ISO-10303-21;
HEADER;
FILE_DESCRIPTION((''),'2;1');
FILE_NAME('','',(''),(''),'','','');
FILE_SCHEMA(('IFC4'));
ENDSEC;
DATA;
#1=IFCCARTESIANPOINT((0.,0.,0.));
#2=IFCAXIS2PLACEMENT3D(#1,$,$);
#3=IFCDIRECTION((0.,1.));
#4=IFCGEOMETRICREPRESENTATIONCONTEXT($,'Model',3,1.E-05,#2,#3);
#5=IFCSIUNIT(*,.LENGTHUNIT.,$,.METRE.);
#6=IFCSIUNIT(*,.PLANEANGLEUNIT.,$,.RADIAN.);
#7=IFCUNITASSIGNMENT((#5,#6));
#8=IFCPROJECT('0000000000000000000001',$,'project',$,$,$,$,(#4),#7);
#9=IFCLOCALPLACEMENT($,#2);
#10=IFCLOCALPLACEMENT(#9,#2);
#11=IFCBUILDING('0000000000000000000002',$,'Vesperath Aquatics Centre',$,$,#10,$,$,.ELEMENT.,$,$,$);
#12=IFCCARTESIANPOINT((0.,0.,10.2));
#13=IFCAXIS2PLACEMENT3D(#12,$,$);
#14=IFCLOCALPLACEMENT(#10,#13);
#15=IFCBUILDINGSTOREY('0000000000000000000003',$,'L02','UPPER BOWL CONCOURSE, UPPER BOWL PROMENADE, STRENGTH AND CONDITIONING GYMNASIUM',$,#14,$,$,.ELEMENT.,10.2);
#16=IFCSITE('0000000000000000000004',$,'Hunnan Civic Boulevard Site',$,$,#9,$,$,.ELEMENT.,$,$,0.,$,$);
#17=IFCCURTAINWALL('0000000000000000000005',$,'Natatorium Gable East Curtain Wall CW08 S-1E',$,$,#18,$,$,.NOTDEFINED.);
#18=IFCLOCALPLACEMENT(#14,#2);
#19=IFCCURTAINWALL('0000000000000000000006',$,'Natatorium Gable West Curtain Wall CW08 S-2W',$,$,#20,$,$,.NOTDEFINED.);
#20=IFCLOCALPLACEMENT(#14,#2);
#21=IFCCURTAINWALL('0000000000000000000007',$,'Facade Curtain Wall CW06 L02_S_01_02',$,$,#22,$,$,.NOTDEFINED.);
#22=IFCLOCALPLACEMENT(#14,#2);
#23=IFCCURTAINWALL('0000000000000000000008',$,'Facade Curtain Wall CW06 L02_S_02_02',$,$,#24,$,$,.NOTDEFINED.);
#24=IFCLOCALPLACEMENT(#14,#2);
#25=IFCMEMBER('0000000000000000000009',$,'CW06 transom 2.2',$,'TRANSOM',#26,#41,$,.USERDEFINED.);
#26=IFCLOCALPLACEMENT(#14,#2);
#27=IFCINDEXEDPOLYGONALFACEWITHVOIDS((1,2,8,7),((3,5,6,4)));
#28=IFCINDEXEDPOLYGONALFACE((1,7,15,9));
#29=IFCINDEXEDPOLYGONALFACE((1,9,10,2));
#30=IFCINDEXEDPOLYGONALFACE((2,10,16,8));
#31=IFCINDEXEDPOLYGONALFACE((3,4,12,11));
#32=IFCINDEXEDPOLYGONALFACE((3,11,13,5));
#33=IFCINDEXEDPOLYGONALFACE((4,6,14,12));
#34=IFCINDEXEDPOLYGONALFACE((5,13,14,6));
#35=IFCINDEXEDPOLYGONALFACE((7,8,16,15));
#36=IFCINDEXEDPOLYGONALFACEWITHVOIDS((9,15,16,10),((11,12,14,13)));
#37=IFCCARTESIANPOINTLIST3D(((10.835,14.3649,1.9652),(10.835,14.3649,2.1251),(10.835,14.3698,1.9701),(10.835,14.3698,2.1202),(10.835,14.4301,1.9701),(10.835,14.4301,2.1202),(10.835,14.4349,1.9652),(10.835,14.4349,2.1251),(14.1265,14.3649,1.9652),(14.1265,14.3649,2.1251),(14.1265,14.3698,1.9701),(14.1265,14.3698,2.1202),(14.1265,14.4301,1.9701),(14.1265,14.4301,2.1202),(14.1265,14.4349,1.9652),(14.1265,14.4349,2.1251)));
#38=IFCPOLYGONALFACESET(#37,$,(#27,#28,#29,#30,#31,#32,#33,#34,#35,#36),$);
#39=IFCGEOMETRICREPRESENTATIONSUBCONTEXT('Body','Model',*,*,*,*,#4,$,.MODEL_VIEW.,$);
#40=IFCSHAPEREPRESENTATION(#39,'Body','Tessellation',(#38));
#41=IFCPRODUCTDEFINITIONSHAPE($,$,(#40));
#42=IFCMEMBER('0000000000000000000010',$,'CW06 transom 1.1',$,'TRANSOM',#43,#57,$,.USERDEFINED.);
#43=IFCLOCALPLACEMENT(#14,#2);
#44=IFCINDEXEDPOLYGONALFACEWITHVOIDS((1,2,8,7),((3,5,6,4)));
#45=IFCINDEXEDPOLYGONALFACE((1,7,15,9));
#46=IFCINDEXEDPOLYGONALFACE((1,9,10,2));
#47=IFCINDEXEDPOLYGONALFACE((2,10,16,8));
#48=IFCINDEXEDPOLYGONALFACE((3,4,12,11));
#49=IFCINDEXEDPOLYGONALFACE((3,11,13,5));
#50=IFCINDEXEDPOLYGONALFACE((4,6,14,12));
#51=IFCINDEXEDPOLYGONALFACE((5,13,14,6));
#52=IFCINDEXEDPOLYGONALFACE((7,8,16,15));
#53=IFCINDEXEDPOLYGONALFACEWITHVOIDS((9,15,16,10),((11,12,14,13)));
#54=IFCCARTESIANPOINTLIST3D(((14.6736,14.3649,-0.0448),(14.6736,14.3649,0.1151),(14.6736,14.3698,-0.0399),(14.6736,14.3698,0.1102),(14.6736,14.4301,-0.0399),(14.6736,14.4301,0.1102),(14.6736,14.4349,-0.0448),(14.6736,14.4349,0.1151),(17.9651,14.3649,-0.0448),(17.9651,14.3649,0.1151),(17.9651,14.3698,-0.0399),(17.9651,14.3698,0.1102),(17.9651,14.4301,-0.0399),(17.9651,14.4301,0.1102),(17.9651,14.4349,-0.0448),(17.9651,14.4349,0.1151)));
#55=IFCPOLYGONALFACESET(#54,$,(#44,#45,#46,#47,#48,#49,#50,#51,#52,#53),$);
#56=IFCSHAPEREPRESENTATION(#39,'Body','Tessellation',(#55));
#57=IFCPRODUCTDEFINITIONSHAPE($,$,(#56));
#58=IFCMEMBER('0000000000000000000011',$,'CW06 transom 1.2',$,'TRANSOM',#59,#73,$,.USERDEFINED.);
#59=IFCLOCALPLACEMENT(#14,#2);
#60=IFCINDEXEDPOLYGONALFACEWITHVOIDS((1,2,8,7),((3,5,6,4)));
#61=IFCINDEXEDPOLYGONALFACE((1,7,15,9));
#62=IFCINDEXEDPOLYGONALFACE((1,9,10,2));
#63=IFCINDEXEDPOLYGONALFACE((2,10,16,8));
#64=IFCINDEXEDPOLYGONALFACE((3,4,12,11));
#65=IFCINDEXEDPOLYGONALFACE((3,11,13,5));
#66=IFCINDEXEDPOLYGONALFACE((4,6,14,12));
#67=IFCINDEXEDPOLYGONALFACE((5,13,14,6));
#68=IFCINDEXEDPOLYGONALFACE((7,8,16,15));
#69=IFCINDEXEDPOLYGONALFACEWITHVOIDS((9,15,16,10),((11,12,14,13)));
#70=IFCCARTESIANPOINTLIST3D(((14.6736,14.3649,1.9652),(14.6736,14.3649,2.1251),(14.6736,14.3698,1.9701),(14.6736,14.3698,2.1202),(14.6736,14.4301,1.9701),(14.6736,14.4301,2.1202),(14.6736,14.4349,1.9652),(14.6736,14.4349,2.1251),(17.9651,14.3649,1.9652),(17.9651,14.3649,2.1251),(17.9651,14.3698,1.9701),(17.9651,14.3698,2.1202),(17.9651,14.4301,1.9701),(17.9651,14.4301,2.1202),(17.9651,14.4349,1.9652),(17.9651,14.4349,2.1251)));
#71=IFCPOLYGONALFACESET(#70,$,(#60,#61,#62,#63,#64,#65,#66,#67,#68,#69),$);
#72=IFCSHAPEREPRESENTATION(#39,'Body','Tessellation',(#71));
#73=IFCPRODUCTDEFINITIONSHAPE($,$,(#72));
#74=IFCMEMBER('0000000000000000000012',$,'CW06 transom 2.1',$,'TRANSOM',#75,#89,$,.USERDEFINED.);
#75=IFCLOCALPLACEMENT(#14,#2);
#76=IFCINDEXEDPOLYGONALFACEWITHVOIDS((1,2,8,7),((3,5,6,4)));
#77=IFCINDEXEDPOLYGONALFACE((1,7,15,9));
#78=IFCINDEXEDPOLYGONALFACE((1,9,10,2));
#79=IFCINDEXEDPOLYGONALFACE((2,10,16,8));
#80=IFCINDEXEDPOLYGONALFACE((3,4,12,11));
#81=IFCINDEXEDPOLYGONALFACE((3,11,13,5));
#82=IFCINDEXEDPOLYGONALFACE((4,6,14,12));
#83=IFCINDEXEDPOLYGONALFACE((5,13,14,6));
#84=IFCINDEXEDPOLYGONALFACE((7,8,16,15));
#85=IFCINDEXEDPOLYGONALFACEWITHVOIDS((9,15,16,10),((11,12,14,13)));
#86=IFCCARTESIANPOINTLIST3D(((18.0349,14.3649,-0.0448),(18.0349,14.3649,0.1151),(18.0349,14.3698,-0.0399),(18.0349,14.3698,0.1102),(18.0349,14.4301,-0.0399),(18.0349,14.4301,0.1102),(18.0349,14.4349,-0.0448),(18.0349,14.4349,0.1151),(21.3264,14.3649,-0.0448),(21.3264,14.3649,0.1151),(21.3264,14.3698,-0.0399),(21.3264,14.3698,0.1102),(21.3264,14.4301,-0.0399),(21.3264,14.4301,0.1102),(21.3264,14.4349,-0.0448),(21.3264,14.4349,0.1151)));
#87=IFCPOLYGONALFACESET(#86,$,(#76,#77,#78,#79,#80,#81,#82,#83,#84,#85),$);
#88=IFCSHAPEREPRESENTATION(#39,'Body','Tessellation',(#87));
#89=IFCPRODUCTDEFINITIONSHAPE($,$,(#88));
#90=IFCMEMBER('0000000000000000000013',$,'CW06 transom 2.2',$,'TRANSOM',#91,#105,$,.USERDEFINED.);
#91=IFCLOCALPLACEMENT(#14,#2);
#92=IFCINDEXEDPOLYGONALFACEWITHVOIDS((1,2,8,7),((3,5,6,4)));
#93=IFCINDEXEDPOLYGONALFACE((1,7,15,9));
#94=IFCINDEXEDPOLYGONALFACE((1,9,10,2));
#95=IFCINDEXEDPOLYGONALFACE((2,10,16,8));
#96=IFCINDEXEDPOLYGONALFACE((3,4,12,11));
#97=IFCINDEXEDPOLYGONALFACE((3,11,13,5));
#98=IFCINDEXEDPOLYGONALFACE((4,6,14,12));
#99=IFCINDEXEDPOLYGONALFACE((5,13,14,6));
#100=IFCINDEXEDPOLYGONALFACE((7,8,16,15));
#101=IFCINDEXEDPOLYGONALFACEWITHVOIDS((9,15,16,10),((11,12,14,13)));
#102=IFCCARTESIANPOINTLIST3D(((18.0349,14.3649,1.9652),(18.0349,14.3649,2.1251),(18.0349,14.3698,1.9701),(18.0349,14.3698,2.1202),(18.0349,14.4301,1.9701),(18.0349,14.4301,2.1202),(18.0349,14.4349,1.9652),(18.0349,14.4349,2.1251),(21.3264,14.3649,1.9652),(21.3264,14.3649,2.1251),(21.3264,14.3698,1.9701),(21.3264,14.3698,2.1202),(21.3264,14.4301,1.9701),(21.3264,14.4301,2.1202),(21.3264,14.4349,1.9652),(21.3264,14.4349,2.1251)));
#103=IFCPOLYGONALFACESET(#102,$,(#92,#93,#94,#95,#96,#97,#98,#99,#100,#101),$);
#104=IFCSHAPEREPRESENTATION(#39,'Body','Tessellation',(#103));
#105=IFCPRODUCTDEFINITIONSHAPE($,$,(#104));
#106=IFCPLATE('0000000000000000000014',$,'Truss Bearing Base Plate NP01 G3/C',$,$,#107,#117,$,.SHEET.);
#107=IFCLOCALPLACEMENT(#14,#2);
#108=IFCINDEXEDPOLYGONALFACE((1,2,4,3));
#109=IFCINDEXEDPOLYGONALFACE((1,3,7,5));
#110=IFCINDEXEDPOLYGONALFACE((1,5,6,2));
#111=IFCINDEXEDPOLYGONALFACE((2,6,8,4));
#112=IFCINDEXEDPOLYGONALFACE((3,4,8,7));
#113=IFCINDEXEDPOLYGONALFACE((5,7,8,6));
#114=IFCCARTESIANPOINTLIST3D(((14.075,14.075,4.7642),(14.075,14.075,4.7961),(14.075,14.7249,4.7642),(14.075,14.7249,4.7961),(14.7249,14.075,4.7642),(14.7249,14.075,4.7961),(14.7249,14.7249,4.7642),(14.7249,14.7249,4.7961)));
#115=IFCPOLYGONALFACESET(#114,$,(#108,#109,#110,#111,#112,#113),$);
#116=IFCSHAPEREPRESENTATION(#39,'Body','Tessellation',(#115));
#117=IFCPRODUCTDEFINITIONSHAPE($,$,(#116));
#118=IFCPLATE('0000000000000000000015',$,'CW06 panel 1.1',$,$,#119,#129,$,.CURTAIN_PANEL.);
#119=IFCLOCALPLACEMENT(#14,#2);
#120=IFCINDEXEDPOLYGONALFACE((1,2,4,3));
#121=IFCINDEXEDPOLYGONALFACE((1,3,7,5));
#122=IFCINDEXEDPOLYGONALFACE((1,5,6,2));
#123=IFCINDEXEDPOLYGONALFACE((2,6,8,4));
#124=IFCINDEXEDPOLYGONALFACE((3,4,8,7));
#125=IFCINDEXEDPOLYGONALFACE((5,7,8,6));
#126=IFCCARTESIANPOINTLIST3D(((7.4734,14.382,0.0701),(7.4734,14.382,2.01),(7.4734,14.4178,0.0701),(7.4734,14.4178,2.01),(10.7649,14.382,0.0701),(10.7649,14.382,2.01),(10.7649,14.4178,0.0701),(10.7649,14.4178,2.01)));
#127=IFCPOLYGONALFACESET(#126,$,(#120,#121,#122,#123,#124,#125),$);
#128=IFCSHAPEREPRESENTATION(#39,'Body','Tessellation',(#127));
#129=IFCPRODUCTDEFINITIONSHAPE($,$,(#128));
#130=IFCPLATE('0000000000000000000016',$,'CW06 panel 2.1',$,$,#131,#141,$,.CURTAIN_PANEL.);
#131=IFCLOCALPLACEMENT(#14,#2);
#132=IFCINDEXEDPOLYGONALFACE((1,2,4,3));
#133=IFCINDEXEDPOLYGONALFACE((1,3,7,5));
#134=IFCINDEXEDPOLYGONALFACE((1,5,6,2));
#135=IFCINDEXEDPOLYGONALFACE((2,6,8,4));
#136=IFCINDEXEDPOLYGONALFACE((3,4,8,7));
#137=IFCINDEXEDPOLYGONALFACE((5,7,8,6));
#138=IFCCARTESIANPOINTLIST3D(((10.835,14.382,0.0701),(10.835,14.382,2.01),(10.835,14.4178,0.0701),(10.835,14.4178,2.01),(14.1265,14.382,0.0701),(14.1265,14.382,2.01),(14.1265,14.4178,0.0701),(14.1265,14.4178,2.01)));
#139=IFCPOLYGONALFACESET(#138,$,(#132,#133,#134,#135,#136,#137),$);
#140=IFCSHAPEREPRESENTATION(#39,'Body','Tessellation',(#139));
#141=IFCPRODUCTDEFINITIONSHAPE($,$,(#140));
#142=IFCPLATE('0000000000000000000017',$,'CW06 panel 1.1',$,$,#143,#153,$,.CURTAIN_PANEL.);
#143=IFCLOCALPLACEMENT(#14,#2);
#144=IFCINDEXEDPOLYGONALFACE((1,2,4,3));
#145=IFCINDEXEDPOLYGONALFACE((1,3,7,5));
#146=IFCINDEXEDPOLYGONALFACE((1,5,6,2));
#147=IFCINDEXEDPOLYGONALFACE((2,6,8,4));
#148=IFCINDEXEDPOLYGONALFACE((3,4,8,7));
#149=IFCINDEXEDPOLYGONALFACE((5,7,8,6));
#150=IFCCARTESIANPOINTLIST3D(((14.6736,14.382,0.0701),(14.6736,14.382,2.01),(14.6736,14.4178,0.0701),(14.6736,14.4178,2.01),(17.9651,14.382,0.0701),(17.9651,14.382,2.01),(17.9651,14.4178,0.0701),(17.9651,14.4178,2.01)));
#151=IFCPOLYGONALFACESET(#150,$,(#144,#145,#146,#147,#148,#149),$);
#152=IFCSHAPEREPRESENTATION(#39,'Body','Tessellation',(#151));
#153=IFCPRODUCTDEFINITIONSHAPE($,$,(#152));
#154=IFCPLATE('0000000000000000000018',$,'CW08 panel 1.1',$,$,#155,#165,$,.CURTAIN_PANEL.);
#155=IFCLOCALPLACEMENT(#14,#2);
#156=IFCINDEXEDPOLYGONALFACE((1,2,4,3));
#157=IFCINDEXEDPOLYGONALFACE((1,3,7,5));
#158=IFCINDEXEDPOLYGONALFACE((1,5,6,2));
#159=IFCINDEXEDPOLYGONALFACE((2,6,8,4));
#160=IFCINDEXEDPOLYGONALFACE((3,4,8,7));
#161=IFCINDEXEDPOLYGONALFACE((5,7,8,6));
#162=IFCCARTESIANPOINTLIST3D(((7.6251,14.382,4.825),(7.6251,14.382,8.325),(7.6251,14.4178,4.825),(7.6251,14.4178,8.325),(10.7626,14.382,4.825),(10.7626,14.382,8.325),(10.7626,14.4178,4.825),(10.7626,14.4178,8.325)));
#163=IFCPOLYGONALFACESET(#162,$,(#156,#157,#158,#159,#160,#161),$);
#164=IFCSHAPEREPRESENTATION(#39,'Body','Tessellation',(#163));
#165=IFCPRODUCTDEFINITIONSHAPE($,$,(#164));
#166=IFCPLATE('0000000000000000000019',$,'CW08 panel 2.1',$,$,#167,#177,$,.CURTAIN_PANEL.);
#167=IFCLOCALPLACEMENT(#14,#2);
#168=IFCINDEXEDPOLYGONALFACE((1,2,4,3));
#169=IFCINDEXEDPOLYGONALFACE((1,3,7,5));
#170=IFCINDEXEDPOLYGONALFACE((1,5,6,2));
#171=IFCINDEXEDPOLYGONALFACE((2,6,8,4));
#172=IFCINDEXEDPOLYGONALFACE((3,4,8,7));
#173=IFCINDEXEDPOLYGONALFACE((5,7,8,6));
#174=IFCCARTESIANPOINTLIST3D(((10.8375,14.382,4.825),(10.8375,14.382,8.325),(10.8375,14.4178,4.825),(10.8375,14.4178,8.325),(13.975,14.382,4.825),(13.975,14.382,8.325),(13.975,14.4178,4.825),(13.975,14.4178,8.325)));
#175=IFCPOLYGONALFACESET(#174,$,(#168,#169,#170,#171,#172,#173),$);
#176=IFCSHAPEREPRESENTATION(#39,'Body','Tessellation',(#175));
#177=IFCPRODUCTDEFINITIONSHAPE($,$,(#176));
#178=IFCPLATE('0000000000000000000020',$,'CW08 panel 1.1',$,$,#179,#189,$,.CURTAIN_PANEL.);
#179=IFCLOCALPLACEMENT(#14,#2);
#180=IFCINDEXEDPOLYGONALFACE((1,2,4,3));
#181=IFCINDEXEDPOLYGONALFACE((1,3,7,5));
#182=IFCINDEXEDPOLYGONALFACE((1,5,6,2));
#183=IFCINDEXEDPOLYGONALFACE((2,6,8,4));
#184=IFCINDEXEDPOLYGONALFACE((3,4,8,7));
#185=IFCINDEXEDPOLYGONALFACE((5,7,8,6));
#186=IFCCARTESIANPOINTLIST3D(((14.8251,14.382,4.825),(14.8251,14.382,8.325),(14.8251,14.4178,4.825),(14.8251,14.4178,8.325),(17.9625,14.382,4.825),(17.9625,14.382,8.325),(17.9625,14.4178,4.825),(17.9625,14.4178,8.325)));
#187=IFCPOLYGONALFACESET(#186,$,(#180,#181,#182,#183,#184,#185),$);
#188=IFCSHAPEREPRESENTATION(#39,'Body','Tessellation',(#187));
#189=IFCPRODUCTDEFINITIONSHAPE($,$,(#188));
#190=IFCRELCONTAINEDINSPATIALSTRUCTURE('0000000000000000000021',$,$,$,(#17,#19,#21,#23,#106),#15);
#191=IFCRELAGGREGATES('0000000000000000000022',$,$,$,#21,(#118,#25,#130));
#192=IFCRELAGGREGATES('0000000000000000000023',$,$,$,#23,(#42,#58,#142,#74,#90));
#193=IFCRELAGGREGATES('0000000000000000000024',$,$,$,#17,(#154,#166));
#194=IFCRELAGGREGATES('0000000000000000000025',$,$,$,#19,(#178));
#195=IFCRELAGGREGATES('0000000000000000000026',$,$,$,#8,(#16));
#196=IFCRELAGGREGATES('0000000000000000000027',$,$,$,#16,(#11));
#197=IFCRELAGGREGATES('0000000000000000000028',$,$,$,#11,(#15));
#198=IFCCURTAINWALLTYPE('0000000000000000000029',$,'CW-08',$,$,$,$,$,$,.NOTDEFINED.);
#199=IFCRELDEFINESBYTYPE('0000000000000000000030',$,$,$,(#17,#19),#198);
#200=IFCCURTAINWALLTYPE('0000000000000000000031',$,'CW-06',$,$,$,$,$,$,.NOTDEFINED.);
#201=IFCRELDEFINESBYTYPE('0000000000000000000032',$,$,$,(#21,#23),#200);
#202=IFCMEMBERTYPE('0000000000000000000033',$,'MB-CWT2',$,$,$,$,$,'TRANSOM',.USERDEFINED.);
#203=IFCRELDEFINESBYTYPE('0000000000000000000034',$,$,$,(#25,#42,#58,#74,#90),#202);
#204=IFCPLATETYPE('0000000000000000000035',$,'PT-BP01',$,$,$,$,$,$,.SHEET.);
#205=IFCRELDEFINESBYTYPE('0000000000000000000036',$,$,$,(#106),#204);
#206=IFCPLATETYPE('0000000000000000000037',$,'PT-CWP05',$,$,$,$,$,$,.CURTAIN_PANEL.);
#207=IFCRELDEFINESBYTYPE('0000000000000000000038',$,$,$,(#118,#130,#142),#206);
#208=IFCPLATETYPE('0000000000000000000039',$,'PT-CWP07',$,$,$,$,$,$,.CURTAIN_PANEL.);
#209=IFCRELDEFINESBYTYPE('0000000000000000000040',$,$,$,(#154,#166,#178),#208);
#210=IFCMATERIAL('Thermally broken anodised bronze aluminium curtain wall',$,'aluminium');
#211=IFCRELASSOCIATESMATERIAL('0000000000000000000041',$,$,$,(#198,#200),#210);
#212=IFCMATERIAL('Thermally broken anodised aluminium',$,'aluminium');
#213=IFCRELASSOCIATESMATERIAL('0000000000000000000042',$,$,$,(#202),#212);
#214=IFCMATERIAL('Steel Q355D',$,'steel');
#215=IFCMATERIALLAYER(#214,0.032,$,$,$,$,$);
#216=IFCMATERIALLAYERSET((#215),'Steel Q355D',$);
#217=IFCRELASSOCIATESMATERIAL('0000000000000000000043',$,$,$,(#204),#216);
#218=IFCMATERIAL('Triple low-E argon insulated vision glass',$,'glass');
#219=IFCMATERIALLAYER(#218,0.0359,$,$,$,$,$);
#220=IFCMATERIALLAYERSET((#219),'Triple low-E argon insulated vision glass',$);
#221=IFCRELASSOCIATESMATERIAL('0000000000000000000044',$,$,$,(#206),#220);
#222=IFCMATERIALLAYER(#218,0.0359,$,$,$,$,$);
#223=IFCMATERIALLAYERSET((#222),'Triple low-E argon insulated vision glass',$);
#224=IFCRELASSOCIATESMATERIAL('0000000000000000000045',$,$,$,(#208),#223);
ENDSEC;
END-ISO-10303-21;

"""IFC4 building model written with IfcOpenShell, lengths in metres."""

from ifc_helpers import new_model, si_unit, direction, frame, origin, origin_2d, place, context, subcontext, project, spatial, rectangle, hollow_rectangle, extrude, material, layer, layer_set, material_profile, profile_set, type_object, element, aggregate, save


model = new_model("IFC4")

# Units and contexts
model_context = context("Model", 3, precision=1e-05, world=origin(), true_north=direction((0.0, 1.0)))
body_context = subcontext(model_context, "Body", "Model", "MODEL_VIEW")
ifc_project = project(units=[si_unit("LENGTHUNIT", "METRE"), si_unit("PLANEANGLEUNIT", "RADIAN")], contexts=[model_context])

# Site, building, storey
site_placement = place(None, origin())
site = spatial("IfcSite", under=ifc_project, at=site_placement, Name="Hunnan Civic Boulevard Site", CompositionType="ELEMENT", RefElevation=0.0)
building_placement = place(site_placement, origin())
building = spatial("IfcBuilding", under=site, at=building_placement, Name="Vesperath Aquatics Centre", CompositionType="ELEMENT")
storey_placement = place(building_placement, frame((0.0, 0.0, 10.2)))
storey = spatial("IfcBuildingStorey", under=building, at=storey_placement, Name="L02", Description="UPPER BOWL CONCOURSE, UPPER BOWL PROMENADE, STRENGTH AND CONDITIONING GYMNASIUM", CompositionType="ELEMENT", Elevation=10.2)

# Shared definitions
ifc_material_1 = material(Name="Steel Q355D", Category="steel")

# Curtain walls
ifc_material_2 = material(Name="Thermally broken anodised bronze aluminium curtain wall", Category="aluminium")
curtain_wall_type_1 = type_object("IfcCurtainWallType", Name="CW-08", PredefinedType="NOTDEFINED", material=ifc_material_2)
curtain_wall_1_placement = place(storey_placement, origin())
curtain_wall_1 = element("IfcCurtainWall", 1, at=curtain_wall_1_placement, inside=storey, type_object=curtain_wall_type_1, Name="Natatorium Gable East Curtain Wall CW08 S-1E", PredefinedType="NOTDEFINED")
ifc_material_3 = material(Name="Thermally broken anodised aluminium", Category="aluminium")
curtain_wall_2_placement = place(storey_placement, origin())
curtain_wall_2 = element("IfcCurtainWall", 2, at=curtain_wall_2_placement, inside=storey, type_object=curtain_wall_type_1, Name="Natatorium Gable West Curtain Wall CW08 S-2W", PredefinedType="NOTDEFINED")
curtain_wall_type_2 = type_object("IfcCurtainWallType", Name="CW-06", PredefinedType="NOTDEFINED", material=ifc_material_2)
curtain_wall_3_placement = place(storey_placement, origin())
curtain_wall_3 = element("IfcCurtainWall", 3, at=curtain_wall_3_placement, inside=storey, type_object=curtain_wall_type_2, Name="Facade Curtain Wall CW06 L02_S_01_02", PredefinedType="NOTDEFINED")
curtain_wall_4_placement = place(storey_placement, origin())
curtain_wall_4 = element("IfcCurtainWall", 4, at=curtain_wall_4_placement, inside=storey, type_object=curtain_wall_type_2, Name="Facade Curtain Wall CW06 L02_S_02_02", PredefinedType="NOTDEFINED")

# Members
ifc_material_profile_1 = material_profile(ifc_material_3, hollow_rectangle(XDim=0.0701, YDim=0.1599, WallThickness=0.0049, at=origin_2d()), Name="CWT 70x160x5")
ifc_profile_set_1 = profile_set([ifc_material_profile_1], Name="Thermally broken anodised aluminium")
member_type_1 = type_object("IfcMemberType", Name="MB-CWT2", ElementType="TRANSOM", PredefinedType="USERDEFINED", material=ifc_profile_set_1)
member_1_placement = place(storey_placement, frame((10.835, 14.3999, 2.0452), z_axis=(1.0, 0.0, 0.0), x_axis=(0.0, 1.0, 0.0)))
member_1 = element("IfcMember", 5, at=member_1_placement, type_object=member_type_1, Name="CW06 transom 2.2", ObjectType="TRANSOM", PredefinedType="USERDEFINED", context=body_context, shape_type="SweptSolid", body=[
    extrude(hollow_rectangle(XDim=0.0701, YDim=0.1599, WallThickness=0.0049, at=origin_2d()), origin(), (0.0, 0.0, 1.0), 3.2915),
])
member_2_placement = place(storey_placement, frame((14.6736, 14.3999, 0.0352), z_axis=(1.0, 0.0, 0.0), x_axis=(0.0, 1.0, 0.0)))
member_2 = element("IfcMember", 6, at=member_2_placement, type_object=member_type_1, Name="CW06 transom 1.1", ObjectType="TRANSOM", PredefinedType="USERDEFINED", context=body_context, shape_type="SweptSolid", body=[
    extrude(hollow_rectangle(XDim=0.0701, YDim=0.1599, WallThickness=0.0049, at=origin_2d()), origin(), (0.0, 0.0, 1.0), 3.2915),
])
member_3_placement = place(storey_placement, frame((14.6736, 14.3999, 2.0452), z_axis=(1.0, 0.0, 0.0), x_axis=(0.0, 1.0, 0.0)))
member_3 = element("IfcMember", 7, at=member_3_placement, type_object=member_type_1, Name="CW06 transom 1.2", ObjectType="TRANSOM", PredefinedType="USERDEFINED", context=body_context, shape_type="SweptSolid", body=[
    extrude(hollow_rectangle(XDim=0.0701, YDim=0.1599, WallThickness=0.0049, at=origin_2d()), origin(), (0.0, 0.0, 1.0), 3.2915),
])
member_4_placement = place(storey_placement, frame((18.0349, 14.3999, 0.0352), z_axis=(1.0, 0.0, 0.0), x_axis=(0.0, 1.0, 0.0)))
member_4 = element("IfcMember", 8, at=member_4_placement, type_object=member_type_1, Name="CW06 transom 2.1", ObjectType="TRANSOM", PredefinedType="USERDEFINED", context=body_context, shape_type="SweptSolid", body=[
    extrude(hollow_rectangle(XDim=0.0701, YDim=0.1599, WallThickness=0.0049, at=origin_2d()), origin(), (0.0, 0.0, 1.0), 3.2915),
])
member_5_placement = place(storey_placement, frame((18.0349, 14.3999, 2.0452), z_axis=(1.0, 0.0, 0.0), x_axis=(0.0, 1.0, 0.0)))
member_5 = element("IfcMember", 9, at=member_5_placement, type_object=member_type_1, Name="CW06 transom 2.2", ObjectType="TRANSOM", PredefinedType="USERDEFINED", context=body_context, shape_type="SweptSolid", body=[
    extrude(hollow_rectangle(XDim=0.0701, YDim=0.1599, WallThickness=0.0049, at=origin_2d()), origin(), (0.0, 0.0, 1.0), 3.2915),
])

# Plates
ifc_layer_1 = layer(ifc_material_1, 0.032)
ifc_layer_set_1 = layer_set([ifc_layer_1], Name="Steel Q355D")
plate_type_1 = type_object("IfcPlateType", Name="PT-BP01", PredefinedType="SHEET", material=ifc_layer_set_1)
plate_1_placement = place(storey_placement, frame((14.3999, 14.3999, 4.7642), z_axis=(0.0, 0.0, 1.0), x_axis=(1.0, 0.0, 0.0)))
element("IfcPlate", 10, at=plate_1_placement, inside=storey, type_object=plate_type_1, Name="Truss Bearing Base Plate NP01 G3/C", PredefinedType="SHEET", context=body_context, shape_type="SweptSolid", body=[
    extrude(rectangle(XDim=0.6499, YDim=0.6499, at=origin_2d()), origin(), (0.0, 0.0, 1.0), 0.032),
])
ifc_material_4 = material(Name="Triple low-E argon insulated vision glass", Category="glass")
ifc_layer_2 = layer(ifc_material_4, 0.0359)
ifc_layer_set_2 = layer_set([ifc_layer_2], Name="Triple low-E argon insulated vision glass")
plate_type_2 = type_object("IfcPlateType", Name="PT-CWP05", PredefinedType="CURTAIN_PANEL", material=ifc_layer_set_2)
plate_2_placement = place(storey_placement, frame((9.1191, 14.3999, 0.0701), z_axis=(0.0, 0.0, 1.0), x_axis=(1.0, 0.0, 0.0)))
plate_2 = element("IfcPlate", 11, at=plate_2_placement, type_object=plate_type_2, Name="CW06 panel 1.1", PredefinedType="CURTAIN_PANEL", context=body_context, shape_type="SweptSolid", body=[
    extrude(rectangle(XDim=3.2915, YDim=0.0359, at=origin_2d()), origin(), (0.0, 0.0, 1.0), 1.9399),
])
plate_3_placement = place(storey_placement, frame((12.4807, 14.3999, 0.0701), z_axis=(0.0, 0.0, 1.0), x_axis=(1.0, 0.0, 0.0)))
plate_3 = element("IfcPlate", 12, at=plate_3_placement, type_object=plate_type_2, Name="CW06 panel 2.1", PredefinedType="CURTAIN_PANEL", context=body_context, shape_type="SweptSolid", body=[
    extrude(rectangle(XDim=3.2915, YDim=0.0359, at=origin_2d()), origin(), (0.0, 0.0, 1.0), 1.9399),
])
aggregate(curtain_wall_3, [plate_2, member_1, plate_3])
plate_4_placement = place(storey_placement, frame((16.3193, 14.3999, 0.0701), z_axis=(0.0, 0.0, 1.0), x_axis=(1.0, 0.0, 0.0)))
plate_4 = element("IfcPlate", 13, at=plate_4_placement, type_object=plate_type_2, Name="CW06 panel 1.1", PredefinedType="CURTAIN_PANEL", context=body_context, shape_type="SweptSolid", body=[
    extrude(rectangle(XDim=3.2915, YDim=0.0359, at=origin_2d()), origin(), (0.0, 0.0, 1.0), 1.9399),
])
aggregate(curtain_wall_4, [member_2, member_3, plate_4, member_4, member_5])
ifc_layer_3 = layer(ifc_material_4, 0.0359)
ifc_layer_set_3 = layer_set([ifc_layer_3], Name="Triple low-E argon insulated vision glass")
plate_type_3 = type_object("IfcPlateType", Name="PT-CWP07", PredefinedType="CURTAIN_PANEL", material=ifc_layer_set_3)
plate_5_placement = place(storey_placement, frame((9.1938, 14.3999, 4.825), z_axis=(0.0, 0.0, 1.0), x_axis=(1.0, 0.0, 0.0)))
plate_5 = element("IfcPlate", 14, at=plate_5_placement, type_object=plate_type_3, Name="CW08 panel 1.1", PredefinedType="CURTAIN_PANEL", context=body_context, shape_type="SweptSolid", body=[
    extrude(rectangle(XDim=3.1375, YDim=0.0359, at=origin_2d()), origin(), (0.0, 0.0, 1.0), 3.5),
])
plate_6_placement = place(storey_placement, frame((12.4062, 14.3999, 4.825), z_axis=(0.0, 0.0, 1.0), x_axis=(1.0, 0.0, 0.0)))
plate_6 = element("IfcPlate", 15, at=plate_6_placement, type_object=plate_type_3, Name="CW08 panel 2.1", PredefinedType="CURTAIN_PANEL", context=body_context, shape_type="SweptSolid", body=[
    extrude(rectangle(XDim=3.1375, YDim=0.0359, at=origin_2d()), origin(), (0.0, 0.0, 1.0), 3.5),
])
aggregate(curtain_wall_1, [plate_5, plate_6])
plate_7_placement = place(storey_placement, frame((16.3938, 14.3999, 4.825), z_axis=(0.0, 0.0, 1.0), x_axis=(1.0, 0.0, 0.0)))
plate_7 = element("IfcPlate", 16, at=plate_7_placement, type_object=plate_type_3, Name="CW08 panel 1.1", PredefinedType="CURTAIN_PANEL", context=body_context, shape_type="SweptSolid", body=[
    extrude(rectangle(XDim=3.1375, YDim=0.0359, at=origin_2d()), origin(), (0.0, 0.0, 1.0), 3.5),
])
aggregate(curtain_wall_2, [plate_7])

save(model, "model.ifc")
